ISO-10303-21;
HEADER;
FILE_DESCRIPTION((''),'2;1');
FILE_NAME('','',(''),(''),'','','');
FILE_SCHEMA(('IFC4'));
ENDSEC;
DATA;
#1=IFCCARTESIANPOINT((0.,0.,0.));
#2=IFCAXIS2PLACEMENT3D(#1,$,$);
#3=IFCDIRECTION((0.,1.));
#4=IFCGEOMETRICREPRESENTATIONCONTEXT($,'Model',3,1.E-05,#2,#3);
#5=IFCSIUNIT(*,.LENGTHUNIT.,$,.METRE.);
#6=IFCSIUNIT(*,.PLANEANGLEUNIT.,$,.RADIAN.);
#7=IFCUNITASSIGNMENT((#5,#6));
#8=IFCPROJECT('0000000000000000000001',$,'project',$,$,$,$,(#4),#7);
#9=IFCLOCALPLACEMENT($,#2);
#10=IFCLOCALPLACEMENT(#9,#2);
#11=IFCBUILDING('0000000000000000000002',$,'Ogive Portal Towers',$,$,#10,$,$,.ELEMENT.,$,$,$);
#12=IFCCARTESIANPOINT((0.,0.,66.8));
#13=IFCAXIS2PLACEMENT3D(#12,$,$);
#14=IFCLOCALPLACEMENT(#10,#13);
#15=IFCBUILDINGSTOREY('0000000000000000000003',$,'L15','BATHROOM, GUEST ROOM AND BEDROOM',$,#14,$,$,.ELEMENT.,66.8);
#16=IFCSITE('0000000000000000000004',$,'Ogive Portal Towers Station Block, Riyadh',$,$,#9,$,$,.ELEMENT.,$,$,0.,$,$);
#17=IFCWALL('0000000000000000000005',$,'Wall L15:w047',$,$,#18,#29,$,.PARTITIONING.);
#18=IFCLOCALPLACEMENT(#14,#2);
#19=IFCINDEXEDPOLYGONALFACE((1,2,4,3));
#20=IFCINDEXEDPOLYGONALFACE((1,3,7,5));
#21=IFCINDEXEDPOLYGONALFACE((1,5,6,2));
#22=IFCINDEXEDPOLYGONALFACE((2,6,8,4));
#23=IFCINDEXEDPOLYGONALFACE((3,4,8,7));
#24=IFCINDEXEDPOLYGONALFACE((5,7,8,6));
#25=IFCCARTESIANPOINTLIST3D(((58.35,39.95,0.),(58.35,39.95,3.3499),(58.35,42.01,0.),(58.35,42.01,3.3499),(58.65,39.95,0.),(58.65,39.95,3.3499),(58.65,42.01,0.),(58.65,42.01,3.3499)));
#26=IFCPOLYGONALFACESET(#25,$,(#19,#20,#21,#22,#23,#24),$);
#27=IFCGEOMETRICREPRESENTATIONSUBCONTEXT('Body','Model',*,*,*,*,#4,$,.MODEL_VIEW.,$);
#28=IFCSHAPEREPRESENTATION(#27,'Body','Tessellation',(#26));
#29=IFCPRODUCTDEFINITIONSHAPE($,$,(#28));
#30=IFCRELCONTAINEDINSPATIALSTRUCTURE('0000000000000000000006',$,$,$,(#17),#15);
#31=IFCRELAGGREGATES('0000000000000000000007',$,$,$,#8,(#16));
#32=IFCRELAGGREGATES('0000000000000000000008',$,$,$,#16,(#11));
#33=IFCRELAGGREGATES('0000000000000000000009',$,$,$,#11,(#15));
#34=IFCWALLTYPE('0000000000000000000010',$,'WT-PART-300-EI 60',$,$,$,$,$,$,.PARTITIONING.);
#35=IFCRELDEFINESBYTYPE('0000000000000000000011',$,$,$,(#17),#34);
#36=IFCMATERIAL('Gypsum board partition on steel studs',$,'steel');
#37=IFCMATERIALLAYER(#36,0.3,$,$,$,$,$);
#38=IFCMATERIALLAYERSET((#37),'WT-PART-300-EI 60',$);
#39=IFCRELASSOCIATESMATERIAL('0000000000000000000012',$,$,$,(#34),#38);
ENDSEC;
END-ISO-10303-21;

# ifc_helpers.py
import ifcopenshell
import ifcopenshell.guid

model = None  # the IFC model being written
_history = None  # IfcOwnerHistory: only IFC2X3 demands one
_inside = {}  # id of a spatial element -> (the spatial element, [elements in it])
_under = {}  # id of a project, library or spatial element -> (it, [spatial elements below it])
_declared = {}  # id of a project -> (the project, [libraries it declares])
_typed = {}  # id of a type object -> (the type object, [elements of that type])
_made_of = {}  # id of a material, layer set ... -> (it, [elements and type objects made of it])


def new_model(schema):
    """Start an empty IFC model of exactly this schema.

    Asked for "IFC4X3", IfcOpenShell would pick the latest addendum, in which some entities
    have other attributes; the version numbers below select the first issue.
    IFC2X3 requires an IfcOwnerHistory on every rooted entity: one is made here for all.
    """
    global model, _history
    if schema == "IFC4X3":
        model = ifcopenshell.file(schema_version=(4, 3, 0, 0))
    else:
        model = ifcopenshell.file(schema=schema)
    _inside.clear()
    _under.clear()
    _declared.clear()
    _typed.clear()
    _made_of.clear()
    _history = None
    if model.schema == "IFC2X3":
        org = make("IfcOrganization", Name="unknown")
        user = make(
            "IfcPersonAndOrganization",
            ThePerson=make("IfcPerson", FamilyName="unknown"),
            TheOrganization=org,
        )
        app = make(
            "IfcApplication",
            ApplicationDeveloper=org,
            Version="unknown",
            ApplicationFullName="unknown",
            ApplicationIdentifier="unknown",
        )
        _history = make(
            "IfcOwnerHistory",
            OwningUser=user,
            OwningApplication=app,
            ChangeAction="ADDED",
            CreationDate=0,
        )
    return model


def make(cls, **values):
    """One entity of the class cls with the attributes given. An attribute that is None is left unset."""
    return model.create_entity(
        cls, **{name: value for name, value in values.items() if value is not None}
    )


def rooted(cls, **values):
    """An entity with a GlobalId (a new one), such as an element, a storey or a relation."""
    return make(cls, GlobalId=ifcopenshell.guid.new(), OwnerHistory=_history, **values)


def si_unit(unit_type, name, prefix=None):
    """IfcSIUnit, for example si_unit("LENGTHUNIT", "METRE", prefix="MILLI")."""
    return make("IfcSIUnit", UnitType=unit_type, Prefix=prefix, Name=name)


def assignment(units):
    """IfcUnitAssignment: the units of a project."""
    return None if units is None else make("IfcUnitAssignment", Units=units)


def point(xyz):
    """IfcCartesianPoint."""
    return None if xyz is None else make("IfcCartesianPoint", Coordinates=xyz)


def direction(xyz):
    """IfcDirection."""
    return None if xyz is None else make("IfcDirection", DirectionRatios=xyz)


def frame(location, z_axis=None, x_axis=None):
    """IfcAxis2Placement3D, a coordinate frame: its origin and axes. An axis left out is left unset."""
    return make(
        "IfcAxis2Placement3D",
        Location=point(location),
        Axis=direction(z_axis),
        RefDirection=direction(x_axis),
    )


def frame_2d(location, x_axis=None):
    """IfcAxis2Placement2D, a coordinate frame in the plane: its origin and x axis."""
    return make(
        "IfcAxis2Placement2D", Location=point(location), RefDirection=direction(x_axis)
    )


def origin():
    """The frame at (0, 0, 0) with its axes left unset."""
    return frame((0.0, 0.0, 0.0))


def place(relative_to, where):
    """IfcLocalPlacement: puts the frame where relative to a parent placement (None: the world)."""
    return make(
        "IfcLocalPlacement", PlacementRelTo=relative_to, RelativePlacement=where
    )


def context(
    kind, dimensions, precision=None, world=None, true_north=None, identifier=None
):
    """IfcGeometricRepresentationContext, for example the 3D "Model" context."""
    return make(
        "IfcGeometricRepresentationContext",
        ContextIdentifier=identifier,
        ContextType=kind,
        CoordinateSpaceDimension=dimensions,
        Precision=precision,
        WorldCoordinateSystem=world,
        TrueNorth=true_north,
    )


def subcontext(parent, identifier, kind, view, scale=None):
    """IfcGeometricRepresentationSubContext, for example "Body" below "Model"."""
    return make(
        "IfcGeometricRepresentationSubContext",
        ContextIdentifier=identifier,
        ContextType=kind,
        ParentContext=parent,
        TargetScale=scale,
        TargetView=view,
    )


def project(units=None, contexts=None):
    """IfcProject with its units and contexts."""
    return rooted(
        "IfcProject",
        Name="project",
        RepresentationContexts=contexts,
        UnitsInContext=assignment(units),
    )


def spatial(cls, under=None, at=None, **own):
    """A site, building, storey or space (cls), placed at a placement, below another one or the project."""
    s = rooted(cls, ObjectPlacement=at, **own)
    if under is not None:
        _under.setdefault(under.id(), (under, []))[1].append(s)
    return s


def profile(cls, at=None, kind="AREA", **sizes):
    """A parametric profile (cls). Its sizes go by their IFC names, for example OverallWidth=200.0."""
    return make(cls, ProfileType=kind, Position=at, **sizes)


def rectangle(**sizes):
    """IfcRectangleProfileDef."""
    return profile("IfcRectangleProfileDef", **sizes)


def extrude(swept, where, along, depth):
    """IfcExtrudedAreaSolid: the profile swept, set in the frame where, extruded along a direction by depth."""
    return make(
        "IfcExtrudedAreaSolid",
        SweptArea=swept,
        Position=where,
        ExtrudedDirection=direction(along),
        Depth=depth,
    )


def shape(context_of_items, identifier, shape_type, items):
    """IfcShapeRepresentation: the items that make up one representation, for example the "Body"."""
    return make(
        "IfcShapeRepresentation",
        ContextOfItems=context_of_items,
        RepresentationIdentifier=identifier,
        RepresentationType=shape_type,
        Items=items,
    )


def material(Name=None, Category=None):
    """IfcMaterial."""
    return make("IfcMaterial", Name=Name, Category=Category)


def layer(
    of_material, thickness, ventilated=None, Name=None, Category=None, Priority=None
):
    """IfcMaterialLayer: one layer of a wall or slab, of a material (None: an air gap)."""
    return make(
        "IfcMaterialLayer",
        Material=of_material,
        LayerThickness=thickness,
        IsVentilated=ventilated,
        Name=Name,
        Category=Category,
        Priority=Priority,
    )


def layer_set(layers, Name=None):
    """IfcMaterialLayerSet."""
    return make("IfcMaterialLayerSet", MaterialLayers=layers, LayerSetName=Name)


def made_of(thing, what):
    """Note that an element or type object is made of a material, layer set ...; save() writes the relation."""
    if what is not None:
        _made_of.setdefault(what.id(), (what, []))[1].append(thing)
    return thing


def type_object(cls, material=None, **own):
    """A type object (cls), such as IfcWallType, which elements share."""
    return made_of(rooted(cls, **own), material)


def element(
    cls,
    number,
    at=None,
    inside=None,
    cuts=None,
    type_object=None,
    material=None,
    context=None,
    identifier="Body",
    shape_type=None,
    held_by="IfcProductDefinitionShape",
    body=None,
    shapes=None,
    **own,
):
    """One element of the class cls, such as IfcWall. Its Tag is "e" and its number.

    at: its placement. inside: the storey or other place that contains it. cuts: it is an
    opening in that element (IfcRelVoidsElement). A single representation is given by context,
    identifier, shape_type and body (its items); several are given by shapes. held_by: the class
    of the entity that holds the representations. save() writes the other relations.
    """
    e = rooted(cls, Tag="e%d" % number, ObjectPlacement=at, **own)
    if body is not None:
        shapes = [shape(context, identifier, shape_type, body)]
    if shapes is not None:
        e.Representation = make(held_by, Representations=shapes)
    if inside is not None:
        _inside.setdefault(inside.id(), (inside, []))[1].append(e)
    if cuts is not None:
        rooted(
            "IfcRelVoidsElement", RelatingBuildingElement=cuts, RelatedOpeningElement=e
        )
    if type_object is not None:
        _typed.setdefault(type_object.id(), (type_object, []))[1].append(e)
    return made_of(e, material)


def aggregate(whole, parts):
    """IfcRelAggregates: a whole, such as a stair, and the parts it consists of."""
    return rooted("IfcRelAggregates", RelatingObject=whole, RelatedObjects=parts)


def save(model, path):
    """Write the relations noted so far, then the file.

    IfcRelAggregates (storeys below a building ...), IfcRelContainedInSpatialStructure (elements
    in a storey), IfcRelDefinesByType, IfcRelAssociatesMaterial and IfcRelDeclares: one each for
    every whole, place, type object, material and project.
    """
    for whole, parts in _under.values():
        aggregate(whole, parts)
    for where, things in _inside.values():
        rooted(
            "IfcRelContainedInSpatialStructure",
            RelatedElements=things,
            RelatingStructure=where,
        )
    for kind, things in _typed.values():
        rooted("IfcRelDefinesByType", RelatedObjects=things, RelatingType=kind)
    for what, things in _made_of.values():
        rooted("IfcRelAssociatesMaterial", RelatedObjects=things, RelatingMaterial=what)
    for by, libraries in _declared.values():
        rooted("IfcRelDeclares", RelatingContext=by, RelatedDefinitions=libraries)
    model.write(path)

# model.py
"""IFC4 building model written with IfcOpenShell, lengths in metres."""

from ifc_helpers import new_model, si_unit, direction, frame, frame_2d, origin, place, context, subcontext, project, spatial, rectangle, extrude, material, layer, layer_set, type_object, element, save


model = new_model("IFC4")

# Units and contexts
model_context = context("Model", 3, precision=1e-05, world=origin(), true_north=direction((0.0, 1.0)))
body_context = subcontext(model_context, "Body", "Model", "MODEL_VIEW")
ifc_project = project(units=[si_unit("LENGTHUNIT", "METRE"), si_unit("PLANEANGLEUNIT", "RADIAN")], contexts=[model_context])

# Site, building, storey
site_placement = place(None, origin())
site = spatial("IfcSite", under=ifc_project, at=site_placement, Name="Ogive Portal Towers Station Block, Riyadh", CompositionType="ELEMENT", RefElevation=0.0)
building_placement = place(site_placement, origin())
building = spatial("IfcBuilding", under=site, at=building_placement, Name="Ogive Portal Towers", CompositionType="ELEMENT")
storey_placement = place(building_placement, frame((0.0, 0.0, 66.8)))
storey = spatial("IfcBuildingStorey", under=building, at=storey_placement, Name="L15", Description="BATHROOM, GUEST ROOM AND BEDROOM", CompositionType="ELEMENT", Elevation=66.8)

# Shared definitions
ifc_material_1 = material(Name="Gypsum board partition on steel studs", Category="steel")
ifc_layer_1 = layer(ifc_material_1, 0.3)
ifc_layer_set_1 = layer_set([ifc_layer_1], Name="WT-PART-300-EI 60")
wall_type = type_object("IfcWallType", Name="WT-PART-300-EI 60", PredefinedType="PARTITIONING", material=ifc_layer_set_1)

# Wall
wall_1_placement = place(storey_placement, frame((58.5, 39.95, 0.0), z_axis=(0.0, 0.0, 1.0), x_axis=(0.0, 1.0, 0.0)))
element("IfcWall", 1, at=wall_1_placement, inside=storey, type_object=wall_type, Name="Wall L15:w047", PredefinedType="PARTITIONING", context=body_context, shape_type="SweptSolid", body=[
    extrude(rectangle(XDim=2.0601, YDim=0.3, at=frame_2d((1.03, 0.0))), origin(), (0.0, 0.0, 1.0), 3.3499),
])

save(model, "model.ifc")
